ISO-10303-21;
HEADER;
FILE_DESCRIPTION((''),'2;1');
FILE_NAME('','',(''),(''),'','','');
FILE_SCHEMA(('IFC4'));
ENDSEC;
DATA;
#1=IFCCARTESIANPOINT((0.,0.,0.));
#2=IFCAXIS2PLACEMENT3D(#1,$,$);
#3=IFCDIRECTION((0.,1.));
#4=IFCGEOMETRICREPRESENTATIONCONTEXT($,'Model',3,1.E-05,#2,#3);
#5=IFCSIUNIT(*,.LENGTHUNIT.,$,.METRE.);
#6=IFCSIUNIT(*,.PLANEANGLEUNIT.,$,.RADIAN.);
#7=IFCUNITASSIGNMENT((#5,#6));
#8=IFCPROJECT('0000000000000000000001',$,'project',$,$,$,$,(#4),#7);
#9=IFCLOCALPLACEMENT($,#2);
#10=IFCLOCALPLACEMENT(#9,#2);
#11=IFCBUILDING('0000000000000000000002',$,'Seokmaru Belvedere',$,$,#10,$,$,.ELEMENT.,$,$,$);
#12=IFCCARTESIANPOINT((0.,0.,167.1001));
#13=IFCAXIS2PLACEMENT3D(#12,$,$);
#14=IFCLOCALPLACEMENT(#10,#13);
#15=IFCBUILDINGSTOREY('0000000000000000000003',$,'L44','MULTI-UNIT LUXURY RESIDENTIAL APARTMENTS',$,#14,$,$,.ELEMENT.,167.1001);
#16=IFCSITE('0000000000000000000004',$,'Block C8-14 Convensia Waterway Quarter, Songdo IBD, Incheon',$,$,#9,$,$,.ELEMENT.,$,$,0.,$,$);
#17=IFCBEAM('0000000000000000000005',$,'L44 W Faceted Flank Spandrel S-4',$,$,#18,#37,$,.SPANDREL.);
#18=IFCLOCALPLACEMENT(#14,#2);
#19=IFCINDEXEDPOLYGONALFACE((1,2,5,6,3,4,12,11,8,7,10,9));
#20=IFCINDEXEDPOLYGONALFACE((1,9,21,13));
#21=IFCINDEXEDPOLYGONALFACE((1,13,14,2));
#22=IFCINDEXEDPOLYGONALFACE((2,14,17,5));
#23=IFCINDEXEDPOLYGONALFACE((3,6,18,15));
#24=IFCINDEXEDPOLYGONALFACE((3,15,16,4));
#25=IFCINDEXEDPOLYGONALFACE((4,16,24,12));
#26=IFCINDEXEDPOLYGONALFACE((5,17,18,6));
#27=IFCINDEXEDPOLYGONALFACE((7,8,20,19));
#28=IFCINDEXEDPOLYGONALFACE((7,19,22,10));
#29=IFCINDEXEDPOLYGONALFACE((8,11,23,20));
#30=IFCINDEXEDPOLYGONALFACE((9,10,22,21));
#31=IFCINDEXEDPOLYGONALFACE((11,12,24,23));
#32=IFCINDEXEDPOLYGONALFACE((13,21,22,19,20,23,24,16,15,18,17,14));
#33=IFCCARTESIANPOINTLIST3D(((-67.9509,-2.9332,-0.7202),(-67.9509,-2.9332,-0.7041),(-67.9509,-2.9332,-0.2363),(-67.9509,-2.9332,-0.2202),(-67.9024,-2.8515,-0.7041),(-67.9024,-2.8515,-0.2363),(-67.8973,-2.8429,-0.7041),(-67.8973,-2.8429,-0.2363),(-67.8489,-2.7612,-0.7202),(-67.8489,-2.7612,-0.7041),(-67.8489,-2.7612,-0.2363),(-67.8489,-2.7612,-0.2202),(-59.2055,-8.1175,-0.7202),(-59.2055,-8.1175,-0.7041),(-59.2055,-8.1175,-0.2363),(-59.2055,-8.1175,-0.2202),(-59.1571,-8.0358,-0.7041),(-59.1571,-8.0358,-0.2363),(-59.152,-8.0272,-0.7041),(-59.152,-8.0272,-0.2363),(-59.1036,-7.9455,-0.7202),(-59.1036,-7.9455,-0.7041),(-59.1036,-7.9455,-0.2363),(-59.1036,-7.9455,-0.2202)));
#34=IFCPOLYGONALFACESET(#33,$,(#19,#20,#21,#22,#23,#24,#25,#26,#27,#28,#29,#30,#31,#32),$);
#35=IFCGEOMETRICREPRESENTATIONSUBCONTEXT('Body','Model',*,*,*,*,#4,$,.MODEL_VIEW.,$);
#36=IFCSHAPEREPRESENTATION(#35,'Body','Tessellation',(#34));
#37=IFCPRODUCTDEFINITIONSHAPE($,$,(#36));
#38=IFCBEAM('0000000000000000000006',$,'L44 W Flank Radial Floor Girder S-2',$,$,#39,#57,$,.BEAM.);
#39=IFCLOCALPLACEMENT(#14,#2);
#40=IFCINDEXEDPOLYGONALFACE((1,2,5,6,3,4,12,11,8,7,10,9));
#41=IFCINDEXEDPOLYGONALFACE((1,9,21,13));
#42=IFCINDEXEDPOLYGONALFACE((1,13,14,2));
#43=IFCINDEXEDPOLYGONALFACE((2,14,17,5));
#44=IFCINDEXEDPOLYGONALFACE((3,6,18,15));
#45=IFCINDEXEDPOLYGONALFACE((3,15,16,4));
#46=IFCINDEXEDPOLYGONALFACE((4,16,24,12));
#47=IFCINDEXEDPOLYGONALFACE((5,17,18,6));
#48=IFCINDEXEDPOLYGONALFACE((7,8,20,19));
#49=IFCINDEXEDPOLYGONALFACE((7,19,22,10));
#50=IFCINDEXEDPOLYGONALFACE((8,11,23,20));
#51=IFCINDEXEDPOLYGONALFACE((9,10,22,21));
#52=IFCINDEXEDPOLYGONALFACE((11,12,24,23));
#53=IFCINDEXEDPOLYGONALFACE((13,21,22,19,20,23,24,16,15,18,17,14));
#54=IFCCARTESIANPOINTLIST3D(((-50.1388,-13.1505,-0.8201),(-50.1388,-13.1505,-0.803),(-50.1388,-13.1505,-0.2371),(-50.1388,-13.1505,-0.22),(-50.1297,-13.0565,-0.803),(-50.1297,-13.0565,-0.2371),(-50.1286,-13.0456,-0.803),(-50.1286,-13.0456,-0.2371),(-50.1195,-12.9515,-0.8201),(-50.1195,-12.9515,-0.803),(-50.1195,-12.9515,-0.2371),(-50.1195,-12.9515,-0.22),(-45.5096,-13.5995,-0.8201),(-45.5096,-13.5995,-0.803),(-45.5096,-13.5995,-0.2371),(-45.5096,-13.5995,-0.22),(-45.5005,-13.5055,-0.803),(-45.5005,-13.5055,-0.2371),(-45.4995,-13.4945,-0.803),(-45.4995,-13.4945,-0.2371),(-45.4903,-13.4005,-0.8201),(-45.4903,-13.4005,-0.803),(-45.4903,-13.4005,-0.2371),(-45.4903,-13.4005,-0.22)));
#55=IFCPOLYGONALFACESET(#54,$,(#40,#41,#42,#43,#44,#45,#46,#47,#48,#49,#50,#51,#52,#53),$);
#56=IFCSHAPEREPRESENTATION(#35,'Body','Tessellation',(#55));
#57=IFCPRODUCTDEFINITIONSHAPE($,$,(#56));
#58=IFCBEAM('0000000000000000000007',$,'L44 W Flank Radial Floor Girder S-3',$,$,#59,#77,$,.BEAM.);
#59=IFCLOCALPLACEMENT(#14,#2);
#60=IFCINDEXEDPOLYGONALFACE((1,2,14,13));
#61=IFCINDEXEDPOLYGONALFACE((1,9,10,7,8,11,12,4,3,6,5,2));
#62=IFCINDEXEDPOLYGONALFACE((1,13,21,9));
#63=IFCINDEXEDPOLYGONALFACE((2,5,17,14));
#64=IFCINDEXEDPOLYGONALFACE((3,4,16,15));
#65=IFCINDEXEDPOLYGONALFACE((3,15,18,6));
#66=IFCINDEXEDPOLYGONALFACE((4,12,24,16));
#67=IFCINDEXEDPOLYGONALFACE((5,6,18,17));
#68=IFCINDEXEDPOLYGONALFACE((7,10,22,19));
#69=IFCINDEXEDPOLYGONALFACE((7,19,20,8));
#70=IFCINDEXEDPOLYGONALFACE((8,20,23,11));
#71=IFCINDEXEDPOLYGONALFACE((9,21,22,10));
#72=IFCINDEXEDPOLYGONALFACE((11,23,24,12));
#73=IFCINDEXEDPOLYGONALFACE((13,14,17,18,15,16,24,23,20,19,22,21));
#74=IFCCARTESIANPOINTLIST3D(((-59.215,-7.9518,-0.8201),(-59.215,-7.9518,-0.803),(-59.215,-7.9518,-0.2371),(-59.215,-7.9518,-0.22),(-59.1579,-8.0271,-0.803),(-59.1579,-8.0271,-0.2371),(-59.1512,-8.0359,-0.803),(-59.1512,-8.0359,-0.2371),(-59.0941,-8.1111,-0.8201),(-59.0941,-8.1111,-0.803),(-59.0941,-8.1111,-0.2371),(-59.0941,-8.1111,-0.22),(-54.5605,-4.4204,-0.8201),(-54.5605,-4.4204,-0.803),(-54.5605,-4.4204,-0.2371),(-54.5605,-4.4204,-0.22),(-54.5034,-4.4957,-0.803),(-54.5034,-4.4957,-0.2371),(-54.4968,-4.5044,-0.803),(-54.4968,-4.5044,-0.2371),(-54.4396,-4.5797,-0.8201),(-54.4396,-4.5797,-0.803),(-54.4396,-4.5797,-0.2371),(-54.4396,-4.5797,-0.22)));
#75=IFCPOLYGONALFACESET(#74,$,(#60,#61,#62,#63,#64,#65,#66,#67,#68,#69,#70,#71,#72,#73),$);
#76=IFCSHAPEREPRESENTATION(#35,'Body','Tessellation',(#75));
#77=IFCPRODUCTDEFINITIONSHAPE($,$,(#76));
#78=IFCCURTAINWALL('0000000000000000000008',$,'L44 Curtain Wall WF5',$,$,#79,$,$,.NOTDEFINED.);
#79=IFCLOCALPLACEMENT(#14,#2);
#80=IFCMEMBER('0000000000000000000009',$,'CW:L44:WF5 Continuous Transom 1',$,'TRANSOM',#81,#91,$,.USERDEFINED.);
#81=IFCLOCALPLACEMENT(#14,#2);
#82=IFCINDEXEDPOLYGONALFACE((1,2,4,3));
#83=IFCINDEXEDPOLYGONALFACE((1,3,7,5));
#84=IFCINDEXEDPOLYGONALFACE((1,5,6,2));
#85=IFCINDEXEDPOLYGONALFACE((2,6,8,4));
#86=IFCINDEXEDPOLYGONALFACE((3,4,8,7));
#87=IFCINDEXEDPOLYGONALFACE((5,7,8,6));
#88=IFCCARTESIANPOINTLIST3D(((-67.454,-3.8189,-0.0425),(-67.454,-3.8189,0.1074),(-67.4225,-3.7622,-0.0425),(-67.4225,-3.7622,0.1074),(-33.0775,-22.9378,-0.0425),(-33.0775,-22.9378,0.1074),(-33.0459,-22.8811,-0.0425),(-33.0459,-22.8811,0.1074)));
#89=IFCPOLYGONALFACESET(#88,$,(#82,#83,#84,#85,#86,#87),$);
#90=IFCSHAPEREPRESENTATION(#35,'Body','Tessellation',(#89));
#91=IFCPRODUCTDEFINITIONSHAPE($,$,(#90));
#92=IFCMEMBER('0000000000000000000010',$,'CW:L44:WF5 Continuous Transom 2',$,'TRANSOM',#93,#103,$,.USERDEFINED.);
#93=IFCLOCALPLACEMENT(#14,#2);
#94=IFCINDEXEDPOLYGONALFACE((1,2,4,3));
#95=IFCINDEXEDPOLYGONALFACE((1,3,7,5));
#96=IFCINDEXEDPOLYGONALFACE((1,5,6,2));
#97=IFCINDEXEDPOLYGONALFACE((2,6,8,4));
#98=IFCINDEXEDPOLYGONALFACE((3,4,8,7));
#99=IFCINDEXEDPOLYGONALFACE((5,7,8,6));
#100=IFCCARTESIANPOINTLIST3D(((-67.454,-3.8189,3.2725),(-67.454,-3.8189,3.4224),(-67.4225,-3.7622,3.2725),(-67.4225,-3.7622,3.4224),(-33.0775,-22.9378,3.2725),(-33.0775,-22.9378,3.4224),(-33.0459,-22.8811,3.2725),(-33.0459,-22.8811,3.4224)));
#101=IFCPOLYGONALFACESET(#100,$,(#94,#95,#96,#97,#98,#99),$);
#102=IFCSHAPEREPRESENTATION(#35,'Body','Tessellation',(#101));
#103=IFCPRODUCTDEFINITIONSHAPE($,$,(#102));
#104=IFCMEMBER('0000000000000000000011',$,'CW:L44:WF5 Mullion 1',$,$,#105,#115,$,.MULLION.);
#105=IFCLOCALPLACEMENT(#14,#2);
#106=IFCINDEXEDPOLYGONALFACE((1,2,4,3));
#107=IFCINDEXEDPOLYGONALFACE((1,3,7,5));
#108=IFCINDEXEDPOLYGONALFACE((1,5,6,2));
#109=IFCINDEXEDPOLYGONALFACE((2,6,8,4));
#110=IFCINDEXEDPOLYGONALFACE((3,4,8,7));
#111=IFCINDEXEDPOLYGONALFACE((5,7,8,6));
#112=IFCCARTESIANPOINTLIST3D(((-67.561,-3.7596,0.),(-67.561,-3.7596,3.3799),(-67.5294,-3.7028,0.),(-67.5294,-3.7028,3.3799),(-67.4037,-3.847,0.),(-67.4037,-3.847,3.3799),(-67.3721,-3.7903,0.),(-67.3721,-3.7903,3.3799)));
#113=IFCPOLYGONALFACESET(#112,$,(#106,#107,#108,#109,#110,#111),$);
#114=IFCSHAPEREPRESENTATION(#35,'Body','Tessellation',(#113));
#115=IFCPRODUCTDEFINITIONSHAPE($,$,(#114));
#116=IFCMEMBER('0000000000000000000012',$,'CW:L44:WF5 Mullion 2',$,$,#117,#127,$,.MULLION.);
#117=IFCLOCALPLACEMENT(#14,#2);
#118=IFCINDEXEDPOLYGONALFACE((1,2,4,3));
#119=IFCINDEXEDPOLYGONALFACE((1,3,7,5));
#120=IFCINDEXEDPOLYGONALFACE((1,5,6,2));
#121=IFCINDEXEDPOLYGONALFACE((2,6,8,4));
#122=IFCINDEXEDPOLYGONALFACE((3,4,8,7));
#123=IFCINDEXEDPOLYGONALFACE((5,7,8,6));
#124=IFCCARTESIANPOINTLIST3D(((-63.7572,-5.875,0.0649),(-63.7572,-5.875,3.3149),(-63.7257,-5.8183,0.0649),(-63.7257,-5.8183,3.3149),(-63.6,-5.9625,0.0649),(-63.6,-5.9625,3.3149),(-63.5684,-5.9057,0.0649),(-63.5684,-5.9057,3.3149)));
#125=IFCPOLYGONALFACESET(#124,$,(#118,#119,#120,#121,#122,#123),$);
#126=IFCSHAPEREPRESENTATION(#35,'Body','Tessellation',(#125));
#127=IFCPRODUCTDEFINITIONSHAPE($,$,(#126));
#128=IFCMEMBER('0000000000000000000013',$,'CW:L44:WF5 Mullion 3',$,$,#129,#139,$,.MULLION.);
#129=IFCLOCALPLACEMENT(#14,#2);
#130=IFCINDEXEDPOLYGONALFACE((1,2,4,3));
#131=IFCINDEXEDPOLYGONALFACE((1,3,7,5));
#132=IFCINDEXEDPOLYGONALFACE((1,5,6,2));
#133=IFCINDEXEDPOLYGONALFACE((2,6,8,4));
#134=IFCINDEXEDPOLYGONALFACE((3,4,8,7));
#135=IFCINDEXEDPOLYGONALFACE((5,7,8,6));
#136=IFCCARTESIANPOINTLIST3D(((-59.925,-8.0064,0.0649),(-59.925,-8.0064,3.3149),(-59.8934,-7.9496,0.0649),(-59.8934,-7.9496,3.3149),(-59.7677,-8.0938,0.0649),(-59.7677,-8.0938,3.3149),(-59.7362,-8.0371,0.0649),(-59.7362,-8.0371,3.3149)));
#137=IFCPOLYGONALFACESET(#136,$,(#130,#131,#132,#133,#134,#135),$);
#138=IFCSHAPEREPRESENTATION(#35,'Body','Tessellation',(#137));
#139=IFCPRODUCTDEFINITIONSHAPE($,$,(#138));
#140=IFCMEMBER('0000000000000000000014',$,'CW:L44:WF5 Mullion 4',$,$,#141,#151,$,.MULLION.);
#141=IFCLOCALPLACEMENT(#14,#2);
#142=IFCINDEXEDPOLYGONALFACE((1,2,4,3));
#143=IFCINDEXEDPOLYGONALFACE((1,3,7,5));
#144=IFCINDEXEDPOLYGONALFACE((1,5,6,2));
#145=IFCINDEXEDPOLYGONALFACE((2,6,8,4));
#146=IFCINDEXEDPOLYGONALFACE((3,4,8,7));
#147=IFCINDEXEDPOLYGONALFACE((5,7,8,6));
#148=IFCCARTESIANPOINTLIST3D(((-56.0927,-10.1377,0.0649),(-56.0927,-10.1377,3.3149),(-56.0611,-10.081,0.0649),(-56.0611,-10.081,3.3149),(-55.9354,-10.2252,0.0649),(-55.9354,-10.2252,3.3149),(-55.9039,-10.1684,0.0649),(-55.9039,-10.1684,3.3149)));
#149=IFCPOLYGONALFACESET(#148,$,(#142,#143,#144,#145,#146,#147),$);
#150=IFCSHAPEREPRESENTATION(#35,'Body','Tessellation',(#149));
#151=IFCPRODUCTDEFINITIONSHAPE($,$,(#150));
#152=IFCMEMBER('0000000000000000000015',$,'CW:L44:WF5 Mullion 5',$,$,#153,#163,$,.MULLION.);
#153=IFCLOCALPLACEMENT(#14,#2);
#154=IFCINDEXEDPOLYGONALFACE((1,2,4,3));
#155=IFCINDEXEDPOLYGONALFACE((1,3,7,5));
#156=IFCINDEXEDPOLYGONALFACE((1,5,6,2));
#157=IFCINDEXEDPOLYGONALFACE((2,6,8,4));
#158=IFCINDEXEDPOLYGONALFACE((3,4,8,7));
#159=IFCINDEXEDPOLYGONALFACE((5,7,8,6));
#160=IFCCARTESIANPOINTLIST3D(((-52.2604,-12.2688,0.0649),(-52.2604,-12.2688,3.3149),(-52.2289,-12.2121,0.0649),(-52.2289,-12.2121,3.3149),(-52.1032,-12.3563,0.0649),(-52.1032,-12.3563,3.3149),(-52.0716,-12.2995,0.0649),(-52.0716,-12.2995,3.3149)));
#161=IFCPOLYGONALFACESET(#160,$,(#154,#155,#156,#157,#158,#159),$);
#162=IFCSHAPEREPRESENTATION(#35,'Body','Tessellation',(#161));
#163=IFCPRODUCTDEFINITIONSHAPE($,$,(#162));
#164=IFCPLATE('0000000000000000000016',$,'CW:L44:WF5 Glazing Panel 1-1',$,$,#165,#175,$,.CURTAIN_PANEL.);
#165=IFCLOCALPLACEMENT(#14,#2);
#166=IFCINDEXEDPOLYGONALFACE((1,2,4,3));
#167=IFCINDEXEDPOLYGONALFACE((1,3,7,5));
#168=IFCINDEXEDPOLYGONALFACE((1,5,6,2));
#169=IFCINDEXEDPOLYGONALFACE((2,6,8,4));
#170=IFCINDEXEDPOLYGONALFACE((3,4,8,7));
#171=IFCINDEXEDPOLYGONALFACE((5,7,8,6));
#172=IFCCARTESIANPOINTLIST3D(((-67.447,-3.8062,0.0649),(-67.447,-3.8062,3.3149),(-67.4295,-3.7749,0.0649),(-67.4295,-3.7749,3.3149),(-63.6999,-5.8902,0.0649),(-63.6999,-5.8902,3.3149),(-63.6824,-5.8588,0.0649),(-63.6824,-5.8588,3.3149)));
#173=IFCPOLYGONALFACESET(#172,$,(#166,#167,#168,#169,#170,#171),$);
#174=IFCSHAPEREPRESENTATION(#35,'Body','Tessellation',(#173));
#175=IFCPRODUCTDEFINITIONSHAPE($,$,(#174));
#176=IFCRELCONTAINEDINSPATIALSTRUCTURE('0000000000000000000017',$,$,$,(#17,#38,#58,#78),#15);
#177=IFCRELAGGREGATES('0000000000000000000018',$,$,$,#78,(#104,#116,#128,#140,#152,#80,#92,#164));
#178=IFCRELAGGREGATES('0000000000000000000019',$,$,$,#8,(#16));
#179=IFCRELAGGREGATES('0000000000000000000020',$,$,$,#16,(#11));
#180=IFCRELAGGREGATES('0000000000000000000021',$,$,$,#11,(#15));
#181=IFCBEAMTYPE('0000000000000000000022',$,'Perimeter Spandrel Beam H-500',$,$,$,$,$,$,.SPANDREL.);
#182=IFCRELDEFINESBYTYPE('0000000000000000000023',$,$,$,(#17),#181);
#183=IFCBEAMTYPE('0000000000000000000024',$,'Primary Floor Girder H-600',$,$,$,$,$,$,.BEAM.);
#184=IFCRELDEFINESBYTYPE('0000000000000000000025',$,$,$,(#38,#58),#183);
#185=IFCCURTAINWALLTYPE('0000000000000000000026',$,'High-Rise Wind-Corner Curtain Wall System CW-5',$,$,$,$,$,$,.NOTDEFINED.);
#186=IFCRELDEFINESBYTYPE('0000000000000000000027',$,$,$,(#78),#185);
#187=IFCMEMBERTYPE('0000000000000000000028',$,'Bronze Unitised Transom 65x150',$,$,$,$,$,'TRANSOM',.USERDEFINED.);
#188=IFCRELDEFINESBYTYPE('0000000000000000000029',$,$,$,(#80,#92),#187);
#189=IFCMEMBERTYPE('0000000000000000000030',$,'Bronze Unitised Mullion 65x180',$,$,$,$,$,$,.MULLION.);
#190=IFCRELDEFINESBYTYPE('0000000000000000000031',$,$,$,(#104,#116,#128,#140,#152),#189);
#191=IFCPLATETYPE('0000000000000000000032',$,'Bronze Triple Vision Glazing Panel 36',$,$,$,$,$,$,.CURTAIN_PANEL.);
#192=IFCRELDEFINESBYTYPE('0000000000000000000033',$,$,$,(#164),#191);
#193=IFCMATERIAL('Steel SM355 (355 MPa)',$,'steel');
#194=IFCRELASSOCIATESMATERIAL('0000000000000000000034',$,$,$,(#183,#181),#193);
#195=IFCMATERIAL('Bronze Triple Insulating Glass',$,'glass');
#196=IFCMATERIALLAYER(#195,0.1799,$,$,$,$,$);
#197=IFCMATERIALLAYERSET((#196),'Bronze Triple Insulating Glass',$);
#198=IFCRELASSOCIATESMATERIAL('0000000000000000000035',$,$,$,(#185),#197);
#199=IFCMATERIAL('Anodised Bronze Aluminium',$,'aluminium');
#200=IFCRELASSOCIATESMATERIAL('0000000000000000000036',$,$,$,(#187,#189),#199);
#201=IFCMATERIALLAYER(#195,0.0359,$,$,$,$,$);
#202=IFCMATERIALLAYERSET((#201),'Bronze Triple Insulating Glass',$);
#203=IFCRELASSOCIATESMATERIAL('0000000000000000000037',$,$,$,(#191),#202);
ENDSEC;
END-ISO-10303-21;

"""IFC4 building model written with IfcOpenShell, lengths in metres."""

from ifc_helpers import new_model, si_unit, direction, frame, origin, origin_2d, place, context, subcontext, project, spatial, rectangle, i_section, extrude, source, transform, mapped, material, layer, layer_set, material_profile, profile_set, type_object, type_shapes, element, aggregate, save


model = new_model("IFC4")

# Units and contexts
model_context = context("Model", 3, precision=1e-05, world=origin(), true_north=direction((0.0, 1.0)))
body_context = subcontext(model_context, "Body", "Model", "MODEL_VIEW")
ifc_project = project(units=[si_unit("LENGTHUNIT", "METRE"), si_unit("PLANEANGLEUNIT", "RADIAN")], contexts=[model_context])

# Site, building, storey
site_placement = place(None, origin())
site = spatial("IfcSite", under=ifc_project, at=site_placement, Name="Block C8-14 Convensia Waterway Quarter, Songdo IBD, Incheon", CompositionType="ELEMENT", RefElevation=0.0)
building_placement = place(site_placement, origin())
building = spatial("IfcBuilding", under=site, at=building_placement, Name="Seokmaru Belvedere", CompositionType="ELEMENT")
storey_placement = place(building_placement, frame((0.0, 0.0, 167.1001)))
storey = spatial("IfcBuildingStorey", under=building, at=storey_placement, Name="L44", Description="MULTI-UNIT LUXURY RESIDENTIAL APARTMENTS", CompositionType="ELEMENT", Elevation=167.1001)

# Shared definitions
ifc_material_1 = material(Name="Steel SM355 (355 MPa)", Category="steel")

# Beams
ifc_material_profile_1 = material_profile(ifc_material_1, i_section(OverallWidth=0.2, OverallDepth=0.6001, WebThickness=0.011, FlangeThickness=0.0171, at=origin_2d()), Name="H-600x200x11x17")
ifc_profile_set_1 = profile_set([ifc_material_profile_1], Name="Steel SM355 (355 MPa)")
beam_type_1 = type_object("IfcBeamType", Name="Primary Floor Girder H-600", PredefinedType="BEAM", material=ifc_profile_set_1)
ifc_material_profile_2 = material_profile(ifc_material_1, i_section(OverallWidth=0.2, OverallDepth=0.5, WebThickness=0.01, FlangeThickness=0.0161, at=origin_2d()), Name="H-500x200x10x16")
ifc_profile_set_2 = profile_set([ifc_material_profile_2], Name="Steel SM355 (355 MPa)")
beam_type_2 = type_object("IfcBeamType", Name="Perimeter Spandrel Beam H-500", PredefinedType="SPANDREL", material=ifc_profile_set_2)
shared_shape_1 = source(origin(), body_context, "Body", "SweptSolid", [
    extrude(i_section(OverallWidth=0.2, OverallDepth=0.5, WebThickness=0.01, FlangeThickness=0.0161, at=origin_2d()), origin(), (0.0, 0.0, 1.0), 10.1665),
])
beam_1_placement = place(storey_placement, frame((-59.1545, -8.0315, -0.4702), z_axis=(-0.86021, 0.50994, 0.0), x_axis=(-0.50994, -0.86021, 0.0)))
element("IfcBeam", 1, at=beam_1_placement, inside=storey, type_object=beam_type_2, Name="L44 W Faceted Flank Spandrel S-4", PredefinedType="SPANDREL", context=body_context, shape_type="MappedRepresentation", body=[
    mapped(shared_shape_1, transform((0.0, 0.0, 0.0), scale=1.0)),
])
shared_shape_2 = source(origin(), body_context, "Body", "SweptSolid", [
    extrude(i_section(OverallWidth=0.2, OverallDepth=0.6001, WebThickness=0.011, FlangeThickness=0.0171, at=origin_2d()), origin(), (0.0, 0.0, 1.0), 4.6509),
])
beam_2_placement = place(storey_placement, frame((-50.1292, -13.051, -0.52), z_axis=(0.99533, -0.096536, 0.0), x_axis=(0.096536, 0.99533, 0.0)))
element("IfcBeam", 2, at=beam_2_placement, inside=storey, type_object=beam_type_1, Name="L44 W Flank Radial Floor Girder S-2", PredefinedType="BEAM", context=body_context, shape_type="MappedRepresentation", body=[
    mapped(shared_shape_2, transform((0.0, 0.0, 0.0), scale=1.0)),
])
shared_shape_3 = source(origin(), body_context, "Body", "SweptSolid", [
    extrude(i_section(OverallWidth=0.2, OverallDepth=0.6001, WebThickness=0.011, FlangeThickness=0.0171, at=origin_2d()), origin(), (0.0, 0.0, 1.0), 5.8425),
])
beam_3_placement = place(storey_placement, frame((-59.1545, -8.0315, -0.52), z_axis=(0.796653, 0.604437, 0.0), x_axis=(-0.604437, 0.796653, 0.0)))
element("IfcBeam", 3, at=beam_3_placement, inside=storey, type_object=beam_type_1, Name="L44 W Flank Radial Floor Girder S-3", PredefinedType="BEAM", context=body_context, shape_type="MappedRepresentation", body=[
    mapped(shared_shape_3, transform((0.0, 0.0, 0.0), scale=1.0)),
])

# Curtain wall, members, plate
ifc_material_2 = material(Name="Bronze Triple Insulating Glass", Category="glass")
ifc_layer_1 = layer(ifc_material_2, 0.1799)
ifc_layer_set_1 = layer_set([ifc_layer_1], Name="Bronze Triple Insulating Glass")
curtain_wall_type = type_object("IfcCurtainWallType", Name="High-Rise Wind-Corner Curtain Wall System CW-5", PredefinedType="NOTDEFINED", material=ifc_layer_set_1)
curtain_wall_placement = place(storey_placement, origin())
curtain_wall = element("IfcCurtainWall", 4, at=curtain_wall_placement, inside=storey, type_object=curtain_wall_type, Name="L44 Curtain Wall WF5", PredefinedType="NOTDEFINED")
ifc_material_3 = material(Name="Anodised Bronze Aluminium", Category="aluminium")
ifc_material_profile_3 = material_profile(ifc_material_3, rectangle(XDim=0.0649, YDim=0.1499, at=origin_2d()), Name="CW-T-65x150")
ifc_profile_set_3 = profile_set([ifc_material_profile_3], Name="Anodised Bronze Aluminium")
member_type_1 = type_object("IfcMemberType", Name="Bronze Unitised Transom 65x150", ElementType="TRANSOM", PredefinedType="USERDEFINED", material=ifc_profile_set_3)
shared_shape_4 = source(origin(), body_context, "Body", "SweptSolid", [
    extrude(rectangle(XDim=0.0649, YDim=0.1499, at=origin_2d()), origin(), (0.0, 0.0, 1.0), 39.3354),
])
type_shapes(member_type_1, [shared_shape_4])
member_1_placement = place(storey_placement, frame((-67.4382, -3.7905, 0.0325), z_axis=(0.873932, -0.486048, 0.0), x_axis=(0.486048, 0.873932, 0.0)))
member_1 = element("IfcMember", 5, at=member_1_placement, type_object=member_type_1, Name="CW:L44:WF5 Continuous Transom 1", ObjectType="TRANSOM", PredefinedType="USERDEFINED", context=body_context, shape_type="MappedRepresentation", body=[
    mapped(shared_shape_4, transform((0.0, 0.0, 0.0), scale=1.0)),
])
member_2_placement = place(storey_placement, frame((-67.4382, -3.7905, 3.3474), z_axis=(0.873932, -0.486048, 0.0), x_axis=(0.486048, 0.873932, 0.0)))
member_2 = element("IfcMember", 6, at=member_2_placement, type_object=member_type_1, Name="CW:L44:WF5 Continuous Transom 2", ObjectType="TRANSOM", PredefinedType="USERDEFINED", context=body_context, shape_type="MappedRepresentation", body=[
    mapped(shared_shape_4, transform((0.0, 0.0, 0.0), scale=1.0)),
])
ifc_material_profile_4 = material_profile(ifc_material_3, rectangle(XDim=0.0649, YDim=0.1799, at=origin_2d()), Name="CW-M-65x180")
ifc_profile_set_4 = profile_set([ifc_material_profile_4], Name="Anodised Bronze Aluminium")
member_type_2 = type_object("IfcMemberType", Name="Bronze Unitised Mullion 65x180", PredefinedType="MULLION", material=ifc_profile_set_4)
shared_shape_5 = source(origin(), body_context, "Body", "SweptSolid", [
    extrude(rectangle(XDim=0.0649, YDim=0.1799, at=origin_2d()), origin(), (0.0, 0.0, 1.0), 3.3799),
])
member_3_placement = place(storey_placement, frame((-67.4666, -3.7749, 0.0), z_axis=(0.0, 0.0, 1.0), x_axis=(0.486047, 0.873933, 0.0)))
member_3 = element("IfcMember", 7, at=member_3_placement, type_object=member_type_2, Name="CW:L44:WF5 Mullion 1", PredefinedType="MULLION", context=body_context, shape_type="MappedRepresentation", body=[
    mapped(shared_shape_5, transform((0.0, 0.0, 0.0), scale=1.0)),
])
shared_shape_6 = source(origin(), body_context, "Body", "SweptSolid", [
    extrude(rectangle(XDim=0.0649, YDim=0.1799, at=origin_2d()), origin(), (0.0, 0.0, 1.0), 3.25),
])
type_shapes(member_type_2, [shared_shape_5, shared_shape_6])
member_4_placement = place(storey_placement, frame((-63.6628, -5.8904, 0.0649), z_axis=(0.0, 0.0, 1.0), x_axis=(0.486047, 0.873933, 0.0)))
member_4 = element("IfcMember", 8, at=member_4_placement, type_object=member_type_2, Name="CW:L44:WF5 Mullion 2", PredefinedType="MULLION", context=body_context, shape_type="MappedRepresentation", body=[
    mapped(shared_shape_6, transform((0.0, 0.0, 0.0), scale=1.0)),
])
member_5_placement = place(storey_placement, frame((-59.8306, -8.0217, 0.0649), z_axis=(0.0, 0.0, 1.0), x_axis=(0.486047, 0.873933, 0.0)))
member_5 = element("IfcMember", 9, at=member_5_placement, type_object=member_type_2, Name="CW:L44:WF5 Mullion 3", PredefinedType="MULLION", context=body_context, shape_type="MappedRepresentation", body=[
    mapped(shared_shape_6, transform((0.0, 0.0, 0.0), scale=1.0)),
])
member_6_placement = place(storey_placement, frame((-55.9983, -10.1531, 0.0649), z_axis=(0.0, 0.0, 1.0), x_axis=(0.486047, 0.873933, 0.0)))
member_6 = element("IfcMember", 10, at=member_6_placement, type_object=member_type_2, Name="CW:L44:WF5 Mullion 4", PredefinedType="MULLION", context=body_context, shape_type="MappedRepresentation", body=[
    mapped(shared_shape_6, transform((0.0, 0.0, 0.0), scale=1.0)),
])
member_7_placement = place(storey_placement, frame((-52.166, -12.2842, 0.0649), z_axis=(0.0, 0.0, 1.0), x_axis=(0.486047, 0.873933, 0.0)))
member_7 = element("IfcMember", 11, at=member_7_placement, type_object=member_type_2, Name="CW:L44:WF5 Mullion 5", PredefinedType="MULLION", context=body_context, shape_type="MappedRepresentation", body=[
    mapped(shared_shape_6, transform((0.0, 0.0, 0.0), scale=1.0)),
])
ifc_layer_2 = layer(ifc_material_2, 0.0359)
ifc_layer_set_2 = layer_set([ifc_layer_2], Name="Bronze Triple Insulating Glass")
plate_type = type_object("IfcPlateType", Name="Bronze Triple Vision Glazing Panel 36", PredefinedType="CURTAIN_PANEL", material=ifc_layer_set_2)
shared_shape_7 = source(origin(), body_context, "Body", "SweptSolid", [
    extrude(rectangle(XDim=4.2876, YDim=0.0359, at=origin_2d()), origin(), (0.0, 0.0, 1.0), 3.25),
])
plate_1_placement = place(storey_placement, frame((-65.5647, -4.8325, 0.0649), z_axis=(0.0, 0.0, 1.0), x_axis=(0.873933, -0.486047, 0.0)))
plate_1 = element("IfcPlate", 12, at=plate_1_placement, type_object=plate_type, Name="CW:L44:WF5 Glazing Panel 1-1", PredefinedType="CURTAIN_PANEL", context=body_context, shape_type="MappedRepresentation", body=[
    mapped(shared_shape_7, transform((0.0, 0.0, 0.0), scale=1.0)),
])
aggregate(curtain_wall, [member_3, member_4, member_5, member_6, member_7, member_1, member_2, plate_1])

save(model, "model.ifc")
